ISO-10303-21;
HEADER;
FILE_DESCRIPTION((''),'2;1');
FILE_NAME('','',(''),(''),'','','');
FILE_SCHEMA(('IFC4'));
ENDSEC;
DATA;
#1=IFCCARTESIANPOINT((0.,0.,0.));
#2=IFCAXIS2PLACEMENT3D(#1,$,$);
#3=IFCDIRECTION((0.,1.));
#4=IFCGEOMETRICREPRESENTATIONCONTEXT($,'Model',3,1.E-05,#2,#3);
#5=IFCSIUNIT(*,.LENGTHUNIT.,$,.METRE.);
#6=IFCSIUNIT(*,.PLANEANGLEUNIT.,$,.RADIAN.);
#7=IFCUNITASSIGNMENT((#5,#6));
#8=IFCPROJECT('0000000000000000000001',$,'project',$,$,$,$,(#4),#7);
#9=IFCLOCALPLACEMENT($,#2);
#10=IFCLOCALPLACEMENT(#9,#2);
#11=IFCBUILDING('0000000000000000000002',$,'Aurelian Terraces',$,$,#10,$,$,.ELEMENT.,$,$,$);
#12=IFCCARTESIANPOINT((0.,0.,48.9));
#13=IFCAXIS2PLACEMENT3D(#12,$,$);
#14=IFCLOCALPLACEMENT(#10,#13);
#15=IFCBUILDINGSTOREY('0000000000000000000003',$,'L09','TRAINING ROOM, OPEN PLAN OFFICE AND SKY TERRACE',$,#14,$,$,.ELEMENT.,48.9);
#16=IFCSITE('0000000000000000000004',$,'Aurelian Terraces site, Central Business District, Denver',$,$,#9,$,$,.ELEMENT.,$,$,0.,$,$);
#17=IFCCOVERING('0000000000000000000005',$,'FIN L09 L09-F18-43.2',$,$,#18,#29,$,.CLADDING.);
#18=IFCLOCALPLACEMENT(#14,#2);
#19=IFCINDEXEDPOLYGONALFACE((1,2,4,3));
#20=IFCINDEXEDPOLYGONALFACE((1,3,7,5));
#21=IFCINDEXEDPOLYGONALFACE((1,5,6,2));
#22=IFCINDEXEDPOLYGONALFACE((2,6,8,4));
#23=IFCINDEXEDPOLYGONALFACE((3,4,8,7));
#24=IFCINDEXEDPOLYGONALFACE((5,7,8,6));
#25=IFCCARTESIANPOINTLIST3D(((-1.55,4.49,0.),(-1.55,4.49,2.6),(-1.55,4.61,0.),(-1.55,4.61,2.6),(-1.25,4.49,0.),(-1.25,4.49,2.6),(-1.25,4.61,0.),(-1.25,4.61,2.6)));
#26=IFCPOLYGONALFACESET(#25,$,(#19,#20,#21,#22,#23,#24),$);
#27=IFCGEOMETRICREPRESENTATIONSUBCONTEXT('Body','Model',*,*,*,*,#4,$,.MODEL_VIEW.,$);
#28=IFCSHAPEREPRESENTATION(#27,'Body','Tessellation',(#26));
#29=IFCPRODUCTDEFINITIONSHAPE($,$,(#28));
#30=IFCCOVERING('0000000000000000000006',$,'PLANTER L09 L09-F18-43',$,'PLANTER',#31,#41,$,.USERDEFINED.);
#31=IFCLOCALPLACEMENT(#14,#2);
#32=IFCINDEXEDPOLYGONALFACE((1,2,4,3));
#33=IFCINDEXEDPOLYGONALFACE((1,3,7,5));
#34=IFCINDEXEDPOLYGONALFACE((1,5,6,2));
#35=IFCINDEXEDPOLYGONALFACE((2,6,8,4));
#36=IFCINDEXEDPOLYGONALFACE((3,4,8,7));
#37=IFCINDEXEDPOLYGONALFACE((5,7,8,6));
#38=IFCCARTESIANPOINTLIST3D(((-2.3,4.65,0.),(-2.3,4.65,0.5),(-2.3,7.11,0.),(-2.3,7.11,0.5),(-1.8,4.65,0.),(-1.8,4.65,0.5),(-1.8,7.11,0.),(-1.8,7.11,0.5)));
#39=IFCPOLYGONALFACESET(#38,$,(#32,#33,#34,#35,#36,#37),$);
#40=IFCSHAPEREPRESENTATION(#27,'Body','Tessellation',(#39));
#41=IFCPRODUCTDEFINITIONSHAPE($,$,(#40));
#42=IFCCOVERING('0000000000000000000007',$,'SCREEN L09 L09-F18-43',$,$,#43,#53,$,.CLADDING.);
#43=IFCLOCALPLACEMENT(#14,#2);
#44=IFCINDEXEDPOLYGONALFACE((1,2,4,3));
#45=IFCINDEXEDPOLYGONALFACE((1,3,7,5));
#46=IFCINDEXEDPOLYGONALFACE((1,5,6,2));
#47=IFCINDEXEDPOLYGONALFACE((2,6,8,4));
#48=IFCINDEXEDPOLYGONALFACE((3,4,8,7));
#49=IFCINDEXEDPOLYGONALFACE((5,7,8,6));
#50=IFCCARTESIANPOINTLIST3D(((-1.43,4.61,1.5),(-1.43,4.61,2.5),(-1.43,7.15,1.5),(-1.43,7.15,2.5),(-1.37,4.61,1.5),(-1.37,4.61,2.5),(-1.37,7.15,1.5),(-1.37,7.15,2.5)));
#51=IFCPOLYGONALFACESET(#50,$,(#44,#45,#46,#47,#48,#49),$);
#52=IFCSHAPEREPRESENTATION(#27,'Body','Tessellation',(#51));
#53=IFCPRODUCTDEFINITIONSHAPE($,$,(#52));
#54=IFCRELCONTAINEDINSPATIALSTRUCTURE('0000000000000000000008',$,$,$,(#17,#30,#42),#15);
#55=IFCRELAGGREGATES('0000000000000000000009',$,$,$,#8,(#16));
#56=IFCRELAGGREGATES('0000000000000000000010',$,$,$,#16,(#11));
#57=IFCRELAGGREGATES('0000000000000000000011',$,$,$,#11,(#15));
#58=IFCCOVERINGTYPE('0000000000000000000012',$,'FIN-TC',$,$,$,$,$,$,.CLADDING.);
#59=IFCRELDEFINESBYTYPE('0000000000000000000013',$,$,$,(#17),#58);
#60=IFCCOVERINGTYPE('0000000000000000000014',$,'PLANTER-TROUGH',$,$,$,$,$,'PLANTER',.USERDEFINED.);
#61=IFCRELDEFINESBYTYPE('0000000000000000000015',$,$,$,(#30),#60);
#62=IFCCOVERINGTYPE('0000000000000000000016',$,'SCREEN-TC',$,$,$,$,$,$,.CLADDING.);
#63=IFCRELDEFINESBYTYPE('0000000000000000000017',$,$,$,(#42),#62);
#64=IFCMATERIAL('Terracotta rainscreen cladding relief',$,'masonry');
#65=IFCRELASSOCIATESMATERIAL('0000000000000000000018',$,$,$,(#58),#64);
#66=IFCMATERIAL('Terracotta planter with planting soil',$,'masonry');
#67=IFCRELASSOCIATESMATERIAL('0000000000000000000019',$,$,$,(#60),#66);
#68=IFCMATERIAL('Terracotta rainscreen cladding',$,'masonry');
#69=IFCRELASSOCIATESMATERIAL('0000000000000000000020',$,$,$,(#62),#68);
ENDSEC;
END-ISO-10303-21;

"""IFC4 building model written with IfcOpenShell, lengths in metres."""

from ifc_helpers import new_model, si_unit, direction, frame, origin, origin_2d, place, context, subcontext, project, spatial, rectangle, extrude, source, transform, mapped, material, type_object, element, save


model = new_model("IFC4")

# Units and contexts
model_context = context("Model", 3, precision=1e-05, world=origin(), true_north=direction((0.0, 1.0)))
body_context = subcontext(model_context, "Body", "Model", "MODEL_VIEW")
ifc_project = project(units=[si_unit("LENGTHUNIT", "METRE"), si_unit("PLANEANGLEUNIT", "RADIAN")], contexts=[model_context])

# Site, building, storey
site_placement = place(None, origin())
site = spatial("IfcSite", under=ifc_project, at=site_placement, Name="Aurelian Terraces site, Central Business District, Denver", CompositionType="ELEMENT", RefElevation=0.0)
building_placement = place(site_placement, origin())
building = spatial("IfcBuilding", under=site, at=building_placement, Name="Aurelian Terraces", CompositionType="ELEMENT")
storey_placement = place(building_placement, frame((0.0, 0.0, 48.9)))
storey = spatial("IfcBuildingStorey", under=building, at=storey_placement, Name="L09", Description="TRAINING ROOM, OPEN PLAN OFFICE AND SKY TERRACE", CompositionType="ELEMENT", Elevation=48.9)

# Shared definitions
ifc_material_1 = material(Name="Terracotta rainscreen cladding", Category="masonry")

# Covering
ifc_material_2 = material(Name="Terracotta rainscreen cladding relief", Category="masonry")
covering_type_1 = type_object("IfcCoveringType", Name="FIN-TC", PredefinedType="CLADDING", material=ifc_material_2)
shared_shape_1 = source(origin(), body_context, "Body", "SweptSolid", [
    extrude(rectangle(XDim=0.3, YDim=0.12, at=origin_2d()), origin(), (0.0, 0.0, 1.0), 2.6),
])
for number, where, z_axis, x_axis, name in (
    (1, (-1.4, 4.55, 0.0), (0.0, 0.0, 1.0), (1.0, 0.0, 0.0), "FIN L09 L09-F18-43.2"),
):
    element("IfcCovering", number, at=place(storey_placement, frame(where, z_axis=z_axis, x_axis=x_axis)), inside=storey, type_object=covering_type_1, Name=name, PredefinedType="CLADDING", context=body_context, shape_type="MappedRepresentation", body=[
        mapped(shared_shape_1, transform((0.0, 0.0, 0.0), scale=1.0)),
    ])

# Coverings
ifc_material_3 = material(Name="Terracotta planter with planting soil", Category="masonry")
covering_type_2 = type_object("IfcCoveringType", Name="PLANTER-TROUGH", ElementType="PLANTER", PredefinedType="USERDEFINED", material=ifc_material_3)
shared_shape_2 = source(origin(), body_context, "Body", "SweptSolid", [
    extrude(rectangle(XDim=0.5, YDim=2.46, at=origin_2d()), origin(), (0.0, 0.0, 1.0), 0.5),
])
covering_1_placement = place(storey_placement, frame((-2.05, 5.88, 0.0), z_axis=(0.0, 0.0, 1.0), x_axis=(1.0, 0.0, 0.0)))
element("IfcCovering", 2, at=covering_1_placement, inside=storey, type_object=covering_type_2, Name="PLANTER L09 L09-F18-43", ObjectType="PLANTER", PredefinedType="USERDEFINED", context=body_context, shape_type="MappedRepresentation", body=[
    mapped(shared_shape_2, transform((0.0, 0.0, 0.0), scale=1.0)),
])
covering_type_3 = type_object("IfcCoveringType", Name="SCREEN-TC", PredefinedType="CLADDING", material=ifc_material_1)
shared_shape_3 = source(origin(), body_context, "Body", "SweptSolid", [
    extrude(rectangle(XDim=0.06, YDim=2.54, at=origin_2d()), origin(), (0.0, 0.0, 1.0), 1.0),
])
covering_2_placement = place(storey_placement, frame((-1.4, 5.88, 1.5), z_axis=(0.0, 0.0, 1.0), x_axis=(1.0, 0.0, 0.0)))
element("IfcCovering", 3, at=covering_2_placement, inside=storey, type_object=covering_type_3, Name="SCREEN L09 L09-F18-43", PredefinedType="CLADDING", context=body_context, shape_type="MappedRepresentation", body=[
    mapped(shared_shape_3, transform((0.0, 0.0, 0.0), scale=1.0)),
])

save(model, "model.ifc")
